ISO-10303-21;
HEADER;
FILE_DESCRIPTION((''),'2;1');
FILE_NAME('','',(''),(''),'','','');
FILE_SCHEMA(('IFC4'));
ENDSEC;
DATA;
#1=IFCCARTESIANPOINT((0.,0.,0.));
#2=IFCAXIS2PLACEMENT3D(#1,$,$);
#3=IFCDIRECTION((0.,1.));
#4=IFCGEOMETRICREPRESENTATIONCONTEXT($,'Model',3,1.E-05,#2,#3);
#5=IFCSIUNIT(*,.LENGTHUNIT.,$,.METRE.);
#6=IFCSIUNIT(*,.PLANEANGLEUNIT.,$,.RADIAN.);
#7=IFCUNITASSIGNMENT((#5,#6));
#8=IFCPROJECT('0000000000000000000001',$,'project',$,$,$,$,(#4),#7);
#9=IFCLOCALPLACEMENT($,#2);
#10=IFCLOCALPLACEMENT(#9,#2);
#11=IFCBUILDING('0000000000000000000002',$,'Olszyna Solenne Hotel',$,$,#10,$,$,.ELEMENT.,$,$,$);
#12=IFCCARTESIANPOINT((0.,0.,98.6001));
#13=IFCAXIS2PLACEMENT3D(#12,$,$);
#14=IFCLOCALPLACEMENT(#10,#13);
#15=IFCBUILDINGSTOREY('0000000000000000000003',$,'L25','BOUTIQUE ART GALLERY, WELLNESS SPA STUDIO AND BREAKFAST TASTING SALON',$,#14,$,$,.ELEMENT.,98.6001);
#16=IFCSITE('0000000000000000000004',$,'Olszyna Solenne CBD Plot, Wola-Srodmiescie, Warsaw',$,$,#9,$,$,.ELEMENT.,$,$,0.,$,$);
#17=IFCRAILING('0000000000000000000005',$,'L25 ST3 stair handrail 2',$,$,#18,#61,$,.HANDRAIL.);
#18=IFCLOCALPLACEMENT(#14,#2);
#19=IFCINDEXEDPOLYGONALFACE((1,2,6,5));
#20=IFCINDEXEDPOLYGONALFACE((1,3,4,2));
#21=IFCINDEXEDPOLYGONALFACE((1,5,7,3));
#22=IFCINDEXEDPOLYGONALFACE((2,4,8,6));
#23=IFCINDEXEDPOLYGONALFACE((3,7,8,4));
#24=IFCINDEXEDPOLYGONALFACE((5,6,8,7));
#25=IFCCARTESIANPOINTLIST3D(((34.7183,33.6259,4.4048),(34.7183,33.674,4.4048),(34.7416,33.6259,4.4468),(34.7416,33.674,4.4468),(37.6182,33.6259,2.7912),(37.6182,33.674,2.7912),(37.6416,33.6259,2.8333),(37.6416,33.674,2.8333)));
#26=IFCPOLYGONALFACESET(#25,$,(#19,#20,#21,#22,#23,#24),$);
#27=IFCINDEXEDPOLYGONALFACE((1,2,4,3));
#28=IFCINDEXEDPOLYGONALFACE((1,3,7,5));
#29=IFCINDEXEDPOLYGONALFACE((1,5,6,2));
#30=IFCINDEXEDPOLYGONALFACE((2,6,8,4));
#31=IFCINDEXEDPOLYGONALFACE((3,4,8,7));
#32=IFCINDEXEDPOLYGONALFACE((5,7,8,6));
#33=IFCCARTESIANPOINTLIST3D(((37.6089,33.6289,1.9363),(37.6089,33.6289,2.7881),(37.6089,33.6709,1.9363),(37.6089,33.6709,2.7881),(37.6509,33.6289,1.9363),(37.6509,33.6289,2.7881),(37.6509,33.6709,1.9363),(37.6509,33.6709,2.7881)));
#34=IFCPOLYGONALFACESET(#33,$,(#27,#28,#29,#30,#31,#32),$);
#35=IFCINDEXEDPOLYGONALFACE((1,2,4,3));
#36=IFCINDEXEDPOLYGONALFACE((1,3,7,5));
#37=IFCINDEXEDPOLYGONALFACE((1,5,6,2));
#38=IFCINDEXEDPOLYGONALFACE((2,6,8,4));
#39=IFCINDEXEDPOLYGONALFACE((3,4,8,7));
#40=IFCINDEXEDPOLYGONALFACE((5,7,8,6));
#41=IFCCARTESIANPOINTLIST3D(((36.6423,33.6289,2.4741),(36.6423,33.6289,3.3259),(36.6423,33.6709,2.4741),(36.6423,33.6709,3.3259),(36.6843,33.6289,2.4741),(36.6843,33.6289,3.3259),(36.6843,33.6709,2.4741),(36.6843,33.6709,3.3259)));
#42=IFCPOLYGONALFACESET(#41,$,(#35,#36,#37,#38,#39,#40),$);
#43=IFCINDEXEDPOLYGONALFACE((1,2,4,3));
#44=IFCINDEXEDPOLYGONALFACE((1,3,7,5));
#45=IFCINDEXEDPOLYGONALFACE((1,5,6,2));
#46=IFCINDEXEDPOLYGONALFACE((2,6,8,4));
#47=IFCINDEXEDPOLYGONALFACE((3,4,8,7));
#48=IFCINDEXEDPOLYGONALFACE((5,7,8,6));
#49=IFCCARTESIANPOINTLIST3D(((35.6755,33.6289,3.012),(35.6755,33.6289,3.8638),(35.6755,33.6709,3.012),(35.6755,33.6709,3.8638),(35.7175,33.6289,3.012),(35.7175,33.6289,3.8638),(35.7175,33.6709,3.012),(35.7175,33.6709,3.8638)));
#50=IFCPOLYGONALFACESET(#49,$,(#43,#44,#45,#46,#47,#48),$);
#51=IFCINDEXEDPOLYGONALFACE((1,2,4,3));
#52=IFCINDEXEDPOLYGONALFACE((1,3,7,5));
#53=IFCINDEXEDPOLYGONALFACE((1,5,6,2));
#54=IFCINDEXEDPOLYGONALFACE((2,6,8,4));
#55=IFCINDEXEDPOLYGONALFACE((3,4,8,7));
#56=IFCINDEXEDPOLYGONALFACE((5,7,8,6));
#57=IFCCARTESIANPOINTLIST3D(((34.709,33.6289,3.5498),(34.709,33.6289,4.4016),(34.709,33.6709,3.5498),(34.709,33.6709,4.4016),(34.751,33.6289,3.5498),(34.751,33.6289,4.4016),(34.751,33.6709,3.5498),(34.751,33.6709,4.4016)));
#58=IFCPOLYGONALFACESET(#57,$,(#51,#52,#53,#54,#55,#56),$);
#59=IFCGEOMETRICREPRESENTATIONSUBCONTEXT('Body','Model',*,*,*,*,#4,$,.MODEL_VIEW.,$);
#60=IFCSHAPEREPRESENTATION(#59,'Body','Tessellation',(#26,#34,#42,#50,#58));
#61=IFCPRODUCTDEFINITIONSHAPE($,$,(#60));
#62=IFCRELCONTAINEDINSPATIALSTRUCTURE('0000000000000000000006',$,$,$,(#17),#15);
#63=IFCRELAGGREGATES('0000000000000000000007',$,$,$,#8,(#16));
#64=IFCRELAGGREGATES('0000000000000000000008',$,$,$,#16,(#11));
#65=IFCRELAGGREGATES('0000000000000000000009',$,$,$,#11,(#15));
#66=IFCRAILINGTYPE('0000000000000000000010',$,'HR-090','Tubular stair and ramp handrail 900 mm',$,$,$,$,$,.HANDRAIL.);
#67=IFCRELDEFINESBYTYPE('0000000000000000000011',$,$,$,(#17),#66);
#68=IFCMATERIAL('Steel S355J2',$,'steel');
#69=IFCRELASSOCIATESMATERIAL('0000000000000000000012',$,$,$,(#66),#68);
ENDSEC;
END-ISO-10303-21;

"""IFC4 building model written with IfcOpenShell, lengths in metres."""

from ifc_helpers import new_model, si_unit, direction, frame, origin, origin_2d, place, context, subcontext, project, spatial, rectangle, extrude, material, type_object, element, save


model = new_model("IFC4")

# Units and contexts
model_context = context("Model", 3, precision=1e-05, world=origin(), true_north=direction((0.0, 1.0)))
body_context = subcontext(model_context, "Body", "Model", "MODEL_VIEW")
ifc_project = project(units=[si_unit("LENGTHUNIT", "METRE"), si_unit("PLANEANGLEUNIT", "RADIAN")], contexts=[model_context])

# Site, building, storey
site_placement = place(None, origin())
site = spatial("IfcSite", under=ifc_project, at=site_placement, Name="Olszyna Solenne CBD Plot, Wola-Srodmiescie, Warsaw", CompositionType="ELEMENT", RefElevation=0.0)
building_placement = place(site_placement, origin())
building = spatial("IfcBuilding", under=site, at=building_placement, Name="Olszyna Solenne Hotel", CompositionType="ELEMENT")
storey_placement = place(building_placement, frame((0.0, 0.0, 98.6001)))
storey = spatial("IfcBuildingStorey", under=building, at=storey_placement, Name="L25", Description="BOUTIQUE ART GALLERY, WELLNESS SPA STUDIO AND BREAKFAST TASTING SALON", CompositionType="ELEMENT", Elevation=98.6001)

# Shared definitions
ifc_material_1 = material(Name="Steel S355J2", Category="steel")

# Railing
railing_type_1 = type_object("IfcRailingType", Name="HR-090", Description="Tubular stair and ramp handrail 900 mm", PredefinedType="HANDRAIL", material=ifc_material_1)
railing_1_placement = place(storey_placement, frame((37.6299, 33.6499, 1.9363)))
element("IfcRailing", 1, at=railing_1_placement, inside=storey, type_object=railing_type_1, Name="L25 ST3 stair handrail 2", PredefinedType="HANDRAIL", context=body_context, shape_type="SweptSolid", body=[
    extrude(rectangle(XDim=0.0481, YDim=0.0481, at=origin_2d()), frame((0.0, 0.0, 0.876), z_axis=(-0.873841, 0.0, 0.486211), x_axis=(0.0, -1.0, 0.0)), (0.0, 0.0, 1.0), 3.3186),
    extrude(rectangle(XDim=0.042, YDim=0.042, at=origin_2d()), origin(), (0.0, 0.0, 1.0), 0.8518),
    extrude(rectangle(XDim=0.042, YDim=0.042, at=origin_2d()), frame((-0.9666, 0.0, 0.5378)), (0.0, 0.0, 1.0), 0.8518),
    extrude(rectangle(XDim=0.042, YDim=0.042, at=origin_2d()), frame((-1.9333, 0.0, 1.0757)), (0.0, 0.0, 1.0), 0.8518),
    extrude(rectangle(XDim=0.042, YDim=0.042, at=origin_2d()), frame((-2.8999, 0.0, 1.6135)), (0.0, 0.0, 1.0), 0.8518),
])

save(model, "model.ifc")
